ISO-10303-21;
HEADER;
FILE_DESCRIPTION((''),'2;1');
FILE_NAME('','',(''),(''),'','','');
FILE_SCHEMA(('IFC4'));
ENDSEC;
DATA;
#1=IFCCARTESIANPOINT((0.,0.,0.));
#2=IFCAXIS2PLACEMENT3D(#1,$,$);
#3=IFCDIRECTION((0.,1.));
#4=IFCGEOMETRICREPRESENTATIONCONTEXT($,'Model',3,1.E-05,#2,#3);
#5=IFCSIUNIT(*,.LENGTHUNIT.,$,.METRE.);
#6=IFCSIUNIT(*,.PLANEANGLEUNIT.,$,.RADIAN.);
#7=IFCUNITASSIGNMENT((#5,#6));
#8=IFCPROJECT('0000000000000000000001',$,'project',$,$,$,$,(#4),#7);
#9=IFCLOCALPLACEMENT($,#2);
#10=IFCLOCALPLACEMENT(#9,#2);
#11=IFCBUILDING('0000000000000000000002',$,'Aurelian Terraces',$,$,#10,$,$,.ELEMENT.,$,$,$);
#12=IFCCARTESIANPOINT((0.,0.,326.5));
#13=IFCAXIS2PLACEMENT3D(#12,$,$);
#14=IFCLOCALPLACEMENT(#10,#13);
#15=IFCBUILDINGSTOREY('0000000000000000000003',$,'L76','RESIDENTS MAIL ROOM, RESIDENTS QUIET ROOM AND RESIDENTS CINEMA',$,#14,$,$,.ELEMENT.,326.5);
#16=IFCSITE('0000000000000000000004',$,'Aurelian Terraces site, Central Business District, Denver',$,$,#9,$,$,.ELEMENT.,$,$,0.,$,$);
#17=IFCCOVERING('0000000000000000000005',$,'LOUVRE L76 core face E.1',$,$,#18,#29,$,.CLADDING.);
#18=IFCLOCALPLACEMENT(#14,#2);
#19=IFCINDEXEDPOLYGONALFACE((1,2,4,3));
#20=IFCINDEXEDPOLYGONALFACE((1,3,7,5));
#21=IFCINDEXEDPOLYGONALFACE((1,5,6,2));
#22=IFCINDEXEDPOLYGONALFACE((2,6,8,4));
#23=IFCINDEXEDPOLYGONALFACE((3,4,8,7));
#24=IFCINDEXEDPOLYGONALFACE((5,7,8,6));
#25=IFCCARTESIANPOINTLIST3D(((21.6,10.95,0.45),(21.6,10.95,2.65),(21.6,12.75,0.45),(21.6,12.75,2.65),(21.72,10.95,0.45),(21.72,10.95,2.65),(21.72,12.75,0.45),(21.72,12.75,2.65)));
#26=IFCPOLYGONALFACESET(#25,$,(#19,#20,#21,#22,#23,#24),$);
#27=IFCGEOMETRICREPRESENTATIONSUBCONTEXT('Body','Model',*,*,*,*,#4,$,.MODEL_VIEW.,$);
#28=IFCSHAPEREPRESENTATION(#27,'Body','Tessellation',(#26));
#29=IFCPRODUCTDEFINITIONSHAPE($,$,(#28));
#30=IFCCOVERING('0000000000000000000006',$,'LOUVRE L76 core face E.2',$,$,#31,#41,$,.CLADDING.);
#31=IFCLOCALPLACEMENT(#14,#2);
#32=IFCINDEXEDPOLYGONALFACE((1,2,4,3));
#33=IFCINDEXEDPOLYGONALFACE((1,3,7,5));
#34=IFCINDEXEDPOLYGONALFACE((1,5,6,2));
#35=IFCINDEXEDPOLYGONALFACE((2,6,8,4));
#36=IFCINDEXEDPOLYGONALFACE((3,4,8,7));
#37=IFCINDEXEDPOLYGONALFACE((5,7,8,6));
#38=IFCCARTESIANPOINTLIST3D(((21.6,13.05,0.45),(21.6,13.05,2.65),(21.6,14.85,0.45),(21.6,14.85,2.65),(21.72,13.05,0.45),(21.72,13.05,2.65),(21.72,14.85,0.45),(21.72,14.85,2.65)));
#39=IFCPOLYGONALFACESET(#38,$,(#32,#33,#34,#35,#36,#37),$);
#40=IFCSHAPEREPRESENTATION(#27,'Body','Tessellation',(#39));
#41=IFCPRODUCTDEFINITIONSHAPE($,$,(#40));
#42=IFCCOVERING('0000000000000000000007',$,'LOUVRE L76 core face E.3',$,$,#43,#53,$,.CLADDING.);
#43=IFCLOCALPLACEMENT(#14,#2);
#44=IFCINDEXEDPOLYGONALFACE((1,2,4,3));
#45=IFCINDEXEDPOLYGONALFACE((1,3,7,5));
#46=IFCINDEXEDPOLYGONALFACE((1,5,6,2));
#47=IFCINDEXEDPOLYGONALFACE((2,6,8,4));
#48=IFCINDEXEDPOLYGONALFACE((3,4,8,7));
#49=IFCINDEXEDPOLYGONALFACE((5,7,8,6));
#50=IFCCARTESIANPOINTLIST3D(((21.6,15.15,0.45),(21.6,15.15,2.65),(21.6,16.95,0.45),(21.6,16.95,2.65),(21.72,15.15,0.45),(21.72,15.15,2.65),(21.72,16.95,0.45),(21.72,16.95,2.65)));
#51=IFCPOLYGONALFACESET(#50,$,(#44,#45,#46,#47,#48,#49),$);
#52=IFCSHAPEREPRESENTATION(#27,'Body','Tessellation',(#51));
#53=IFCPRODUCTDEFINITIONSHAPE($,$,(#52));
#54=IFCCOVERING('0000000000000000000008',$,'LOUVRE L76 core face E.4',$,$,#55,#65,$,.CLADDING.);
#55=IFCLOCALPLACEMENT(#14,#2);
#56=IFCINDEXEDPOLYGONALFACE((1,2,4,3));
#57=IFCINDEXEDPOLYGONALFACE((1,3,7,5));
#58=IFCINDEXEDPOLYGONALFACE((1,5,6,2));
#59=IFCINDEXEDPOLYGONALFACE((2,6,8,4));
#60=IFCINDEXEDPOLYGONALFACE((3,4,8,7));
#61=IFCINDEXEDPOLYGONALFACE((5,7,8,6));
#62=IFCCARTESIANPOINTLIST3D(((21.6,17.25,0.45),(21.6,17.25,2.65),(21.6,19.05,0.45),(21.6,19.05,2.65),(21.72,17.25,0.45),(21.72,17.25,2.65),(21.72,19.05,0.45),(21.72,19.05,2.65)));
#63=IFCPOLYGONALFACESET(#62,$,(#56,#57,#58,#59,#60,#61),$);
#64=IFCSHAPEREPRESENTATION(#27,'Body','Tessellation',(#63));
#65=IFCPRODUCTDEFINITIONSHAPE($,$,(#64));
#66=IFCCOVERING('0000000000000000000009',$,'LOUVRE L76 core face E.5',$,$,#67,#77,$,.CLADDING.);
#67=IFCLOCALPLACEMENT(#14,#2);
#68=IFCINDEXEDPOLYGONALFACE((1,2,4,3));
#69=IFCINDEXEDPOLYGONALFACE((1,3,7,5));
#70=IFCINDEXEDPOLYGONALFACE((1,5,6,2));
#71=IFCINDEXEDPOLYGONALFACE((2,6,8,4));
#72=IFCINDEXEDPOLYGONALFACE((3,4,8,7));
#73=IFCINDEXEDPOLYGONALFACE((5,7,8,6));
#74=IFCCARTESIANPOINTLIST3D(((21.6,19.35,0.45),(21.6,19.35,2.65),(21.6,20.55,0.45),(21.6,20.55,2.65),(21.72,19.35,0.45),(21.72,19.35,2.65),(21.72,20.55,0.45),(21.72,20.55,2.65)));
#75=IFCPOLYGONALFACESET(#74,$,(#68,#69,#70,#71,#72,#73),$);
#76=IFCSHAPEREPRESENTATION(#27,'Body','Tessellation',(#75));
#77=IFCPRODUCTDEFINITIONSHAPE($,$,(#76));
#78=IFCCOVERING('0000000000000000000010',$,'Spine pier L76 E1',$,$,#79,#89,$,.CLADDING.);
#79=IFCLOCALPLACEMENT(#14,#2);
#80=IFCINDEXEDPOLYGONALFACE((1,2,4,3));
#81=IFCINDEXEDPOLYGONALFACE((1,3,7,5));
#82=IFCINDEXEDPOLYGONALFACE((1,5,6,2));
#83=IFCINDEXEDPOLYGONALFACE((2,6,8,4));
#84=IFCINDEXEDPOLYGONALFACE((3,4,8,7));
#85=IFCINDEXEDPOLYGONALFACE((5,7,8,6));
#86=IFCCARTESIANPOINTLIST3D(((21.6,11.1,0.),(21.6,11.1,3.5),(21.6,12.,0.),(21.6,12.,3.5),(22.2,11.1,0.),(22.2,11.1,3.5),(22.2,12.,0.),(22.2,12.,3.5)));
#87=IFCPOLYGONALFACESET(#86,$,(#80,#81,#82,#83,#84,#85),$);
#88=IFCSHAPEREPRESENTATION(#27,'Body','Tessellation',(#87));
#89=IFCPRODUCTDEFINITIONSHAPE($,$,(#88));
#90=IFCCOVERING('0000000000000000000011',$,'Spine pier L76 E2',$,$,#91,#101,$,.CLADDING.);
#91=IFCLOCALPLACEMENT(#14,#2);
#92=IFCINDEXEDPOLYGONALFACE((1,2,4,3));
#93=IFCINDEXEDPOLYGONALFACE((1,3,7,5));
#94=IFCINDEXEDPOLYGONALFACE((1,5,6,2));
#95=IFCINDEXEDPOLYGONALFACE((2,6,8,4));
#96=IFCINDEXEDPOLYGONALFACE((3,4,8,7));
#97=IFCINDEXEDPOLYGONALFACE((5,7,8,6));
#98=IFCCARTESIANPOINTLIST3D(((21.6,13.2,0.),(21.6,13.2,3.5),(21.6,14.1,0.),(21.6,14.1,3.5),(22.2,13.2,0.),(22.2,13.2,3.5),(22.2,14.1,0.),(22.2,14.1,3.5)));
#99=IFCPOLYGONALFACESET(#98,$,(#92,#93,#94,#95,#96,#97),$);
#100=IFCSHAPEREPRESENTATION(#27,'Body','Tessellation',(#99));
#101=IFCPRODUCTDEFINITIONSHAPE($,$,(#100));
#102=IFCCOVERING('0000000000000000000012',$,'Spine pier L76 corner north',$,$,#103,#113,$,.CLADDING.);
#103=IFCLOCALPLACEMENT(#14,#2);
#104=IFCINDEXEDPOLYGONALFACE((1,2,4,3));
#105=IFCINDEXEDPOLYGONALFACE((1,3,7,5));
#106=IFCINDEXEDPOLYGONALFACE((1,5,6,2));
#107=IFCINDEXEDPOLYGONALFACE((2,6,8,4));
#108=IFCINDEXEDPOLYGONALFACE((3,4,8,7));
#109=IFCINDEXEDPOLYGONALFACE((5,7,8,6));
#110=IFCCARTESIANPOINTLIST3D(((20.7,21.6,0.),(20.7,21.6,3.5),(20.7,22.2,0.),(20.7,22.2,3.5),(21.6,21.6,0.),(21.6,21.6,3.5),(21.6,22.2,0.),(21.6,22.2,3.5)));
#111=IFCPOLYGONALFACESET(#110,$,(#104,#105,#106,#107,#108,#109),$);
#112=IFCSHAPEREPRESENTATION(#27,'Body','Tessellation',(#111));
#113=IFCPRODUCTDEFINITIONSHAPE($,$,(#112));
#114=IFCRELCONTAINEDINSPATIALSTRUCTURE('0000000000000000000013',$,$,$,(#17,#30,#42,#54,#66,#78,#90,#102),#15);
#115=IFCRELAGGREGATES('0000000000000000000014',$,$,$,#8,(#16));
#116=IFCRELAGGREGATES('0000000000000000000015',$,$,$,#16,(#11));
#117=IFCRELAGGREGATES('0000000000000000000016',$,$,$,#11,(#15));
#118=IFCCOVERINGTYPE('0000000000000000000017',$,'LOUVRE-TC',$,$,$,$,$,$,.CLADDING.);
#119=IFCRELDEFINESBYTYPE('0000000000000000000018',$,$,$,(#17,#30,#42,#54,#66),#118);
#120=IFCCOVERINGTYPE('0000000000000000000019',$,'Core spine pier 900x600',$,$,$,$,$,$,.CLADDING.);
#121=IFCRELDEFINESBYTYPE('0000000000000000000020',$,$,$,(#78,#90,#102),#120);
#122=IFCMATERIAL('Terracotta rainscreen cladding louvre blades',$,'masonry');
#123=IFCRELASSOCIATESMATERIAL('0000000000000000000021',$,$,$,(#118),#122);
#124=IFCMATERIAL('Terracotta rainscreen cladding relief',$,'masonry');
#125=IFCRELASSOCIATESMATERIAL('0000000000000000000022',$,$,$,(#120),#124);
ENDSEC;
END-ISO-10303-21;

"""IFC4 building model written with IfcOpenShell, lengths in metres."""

from ifc_helpers import new_model, si_unit, direction, frame, origin, origin_2d, place, context, subcontext, project, spatial, rectangle, extrude, source, transform, mapped, material, type_object, element, save


model = new_model("IFC4")

# Units and contexts
model_context = context("Model", 3, precision=1e-05, world=origin(), true_north=direction((0.0, 1.0)))
body_context = subcontext(model_context, "Body", "Model", "MODEL_VIEW")
ifc_project = project(units=[si_unit("LENGTHUNIT", "METRE"), si_unit("PLANEANGLEUNIT", "RADIAN")], contexts=[model_context])

# Site, building, storey
site_placement = place(None, origin())
site = spatial("IfcSite", under=ifc_project, at=site_placement, Name="Aurelian Terraces site, Central Business District, Denver", CompositionType="ELEMENT", RefElevation=0.0)
building_placement = place(site_placement, origin())
building = spatial("IfcBuilding", under=site, at=building_placement, Name="Aurelian Terraces", CompositionType="ELEMENT")
storey_placement = place(building_placement, frame((0.0, 0.0, 326.5)))
storey = spatial("IfcBuildingStorey", under=building, at=storey_placement, Name="L76", Description="RESIDENTS MAIL ROOM, RESIDENTS QUIET ROOM AND RESIDENTS CINEMA", CompositionType="ELEMENT", Elevation=326.5)

# Coverings
ifc_material_1 = material(Name="Terracotta rainscreen cladding louvre blades", Category="masonry")
covering_type_1 = type_object("IfcCoveringType", Name="LOUVRE-TC", PredefinedType="CLADDING", material=ifc_material_1)
shared_shape_1 = source(origin(), body_context, "Body", "SweptSolid", [
    extrude(rectangle(XDim=0.12, YDim=1.8, at=origin_2d()), origin(), (0.0, 0.0, 1.0), 2.2),
])
for number, where, z_axis, x_axis, name in (
    (1, (21.66, 11.85, 0.45), (0.0, 0.0, 1.0), (1.0, 0.0, 0.0), "LOUVRE L76 core face E.1"),
    (2, (21.66, 13.95, 0.45), (0.0, 0.0, 1.0), (1.0, 0.0, 0.0), "LOUVRE L76 core face E.2"),
    (3, (21.66, 16.05, 0.45), (0.0, 0.0, 1.0), (1.0, 0.0, 0.0), "LOUVRE L76 core face E.3"),
    (4, (21.66, 18.15, 0.45), (0.0, 0.0, 1.0), (1.0, 0.0, 0.0), "LOUVRE L76 core face E.4"),
):
    element("IfcCovering", number, at=place(storey_placement, frame(where, z_axis=z_axis, x_axis=x_axis)), inside=storey, type_object=covering_type_1, Name=name, PredefinedType="CLADDING", context=body_context, shape_type="MappedRepresentation", body=[
        mapped(shared_shape_1, transform((0.0, 0.0, 0.0), scale=1.0)),
    ])
shared_shape_2 = source(origin(), body_context, "Body", "SweptSolid", [
    extrude(rectangle(XDim=0.12, YDim=1.2, at=origin_2d()), origin(), (0.0, 0.0, 1.0), 2.2),
])
covering_1_placement = place(storey_placement, frame((21.66, 19.95, 0.45), z_axis=(0.0, 0.0, 1.0), x_axis=(1.0, 0.0, 0.0)))
element("IfcCovering", 5, at=covering_1_placement, inside=storey, type_object=covering_type_1, Name="LOUVRE L76 core face E.5", PredefinedType="CLADDING", context=body_context, shape_type="MappedRepresentation", body=[
    mapped(shared_shape_2, transform((0.0, 0.0, 0.0), scale=1.0)),
])
ifc_material_2 = material(Name="Terracotta rainscreen cladding relief", Category="masonry")
covering_type_2 = type_object("IfcCoveringType", Name="Core spine pier 900x600", PredefinedType="CLADDING", material=ifc_material_2)
shared_shape_3 = source(origin(), body_context, "Body", "SweptSolid", [
    extrude(rectangle(XDim=0.6, YDim=0.9, at=origin_2d()), origin(), (0.0, 0.0, 1.0), 3.5),
])
for number, where, z_axis, x_axis, name in (
    (6, (21.9, 11.55, 0.0), (0.0, 0.0, 1.0), (1.0, 0.0, 0.0), "Spine pier L76 E1"),
    (7, (21.9, 13.65, 0.0), (0.0, 0.0, 1.0), (1.0, 0.0, 0.0), "Spine pier L76 E2"),
):
    element("IfcCovering", number, at=place(storey_placement, frame(where, z_axis=z_axis, x_axis=x_axis)), inside=storey, type_object=covering_type_2, Name=name, PredefinedType="CLADDING", context=body_context, shape_type="MappedRepresentation", body=[
        mapped(shared_shape_3, transform((0.0, 0.0, 0.0), scale=1.0)),
    ])
shared_shape_4 = source(origin(), body_context, "Body", "SweptSolid", [
    extrude(rectangle(XDim=0.9, YDim=0.6, at=origin_2d()), origin(), (0.0, 0.0, 1.0), 3.5),
])
covering_2_placement = place(storey_placement, frame((21.15, 21.9, 0.0), z_axis=(0.0, 0.0, 1.0), x_axis=(1.0, 0.0, 0.0)))
element("IfcCovering", 8, at=covering_2_placement, inside=storey, type_object=covering_type_2, Name="Spine pier L76 corner north", PredefinedType="CLADDING", context=body_context, shape_type="MappedRepresentation", body=[
    mapped(shared_shape_4, transform((0.0, 0.0, 0.0), scale=1.0)),
])

save(model, "model.ifc")
